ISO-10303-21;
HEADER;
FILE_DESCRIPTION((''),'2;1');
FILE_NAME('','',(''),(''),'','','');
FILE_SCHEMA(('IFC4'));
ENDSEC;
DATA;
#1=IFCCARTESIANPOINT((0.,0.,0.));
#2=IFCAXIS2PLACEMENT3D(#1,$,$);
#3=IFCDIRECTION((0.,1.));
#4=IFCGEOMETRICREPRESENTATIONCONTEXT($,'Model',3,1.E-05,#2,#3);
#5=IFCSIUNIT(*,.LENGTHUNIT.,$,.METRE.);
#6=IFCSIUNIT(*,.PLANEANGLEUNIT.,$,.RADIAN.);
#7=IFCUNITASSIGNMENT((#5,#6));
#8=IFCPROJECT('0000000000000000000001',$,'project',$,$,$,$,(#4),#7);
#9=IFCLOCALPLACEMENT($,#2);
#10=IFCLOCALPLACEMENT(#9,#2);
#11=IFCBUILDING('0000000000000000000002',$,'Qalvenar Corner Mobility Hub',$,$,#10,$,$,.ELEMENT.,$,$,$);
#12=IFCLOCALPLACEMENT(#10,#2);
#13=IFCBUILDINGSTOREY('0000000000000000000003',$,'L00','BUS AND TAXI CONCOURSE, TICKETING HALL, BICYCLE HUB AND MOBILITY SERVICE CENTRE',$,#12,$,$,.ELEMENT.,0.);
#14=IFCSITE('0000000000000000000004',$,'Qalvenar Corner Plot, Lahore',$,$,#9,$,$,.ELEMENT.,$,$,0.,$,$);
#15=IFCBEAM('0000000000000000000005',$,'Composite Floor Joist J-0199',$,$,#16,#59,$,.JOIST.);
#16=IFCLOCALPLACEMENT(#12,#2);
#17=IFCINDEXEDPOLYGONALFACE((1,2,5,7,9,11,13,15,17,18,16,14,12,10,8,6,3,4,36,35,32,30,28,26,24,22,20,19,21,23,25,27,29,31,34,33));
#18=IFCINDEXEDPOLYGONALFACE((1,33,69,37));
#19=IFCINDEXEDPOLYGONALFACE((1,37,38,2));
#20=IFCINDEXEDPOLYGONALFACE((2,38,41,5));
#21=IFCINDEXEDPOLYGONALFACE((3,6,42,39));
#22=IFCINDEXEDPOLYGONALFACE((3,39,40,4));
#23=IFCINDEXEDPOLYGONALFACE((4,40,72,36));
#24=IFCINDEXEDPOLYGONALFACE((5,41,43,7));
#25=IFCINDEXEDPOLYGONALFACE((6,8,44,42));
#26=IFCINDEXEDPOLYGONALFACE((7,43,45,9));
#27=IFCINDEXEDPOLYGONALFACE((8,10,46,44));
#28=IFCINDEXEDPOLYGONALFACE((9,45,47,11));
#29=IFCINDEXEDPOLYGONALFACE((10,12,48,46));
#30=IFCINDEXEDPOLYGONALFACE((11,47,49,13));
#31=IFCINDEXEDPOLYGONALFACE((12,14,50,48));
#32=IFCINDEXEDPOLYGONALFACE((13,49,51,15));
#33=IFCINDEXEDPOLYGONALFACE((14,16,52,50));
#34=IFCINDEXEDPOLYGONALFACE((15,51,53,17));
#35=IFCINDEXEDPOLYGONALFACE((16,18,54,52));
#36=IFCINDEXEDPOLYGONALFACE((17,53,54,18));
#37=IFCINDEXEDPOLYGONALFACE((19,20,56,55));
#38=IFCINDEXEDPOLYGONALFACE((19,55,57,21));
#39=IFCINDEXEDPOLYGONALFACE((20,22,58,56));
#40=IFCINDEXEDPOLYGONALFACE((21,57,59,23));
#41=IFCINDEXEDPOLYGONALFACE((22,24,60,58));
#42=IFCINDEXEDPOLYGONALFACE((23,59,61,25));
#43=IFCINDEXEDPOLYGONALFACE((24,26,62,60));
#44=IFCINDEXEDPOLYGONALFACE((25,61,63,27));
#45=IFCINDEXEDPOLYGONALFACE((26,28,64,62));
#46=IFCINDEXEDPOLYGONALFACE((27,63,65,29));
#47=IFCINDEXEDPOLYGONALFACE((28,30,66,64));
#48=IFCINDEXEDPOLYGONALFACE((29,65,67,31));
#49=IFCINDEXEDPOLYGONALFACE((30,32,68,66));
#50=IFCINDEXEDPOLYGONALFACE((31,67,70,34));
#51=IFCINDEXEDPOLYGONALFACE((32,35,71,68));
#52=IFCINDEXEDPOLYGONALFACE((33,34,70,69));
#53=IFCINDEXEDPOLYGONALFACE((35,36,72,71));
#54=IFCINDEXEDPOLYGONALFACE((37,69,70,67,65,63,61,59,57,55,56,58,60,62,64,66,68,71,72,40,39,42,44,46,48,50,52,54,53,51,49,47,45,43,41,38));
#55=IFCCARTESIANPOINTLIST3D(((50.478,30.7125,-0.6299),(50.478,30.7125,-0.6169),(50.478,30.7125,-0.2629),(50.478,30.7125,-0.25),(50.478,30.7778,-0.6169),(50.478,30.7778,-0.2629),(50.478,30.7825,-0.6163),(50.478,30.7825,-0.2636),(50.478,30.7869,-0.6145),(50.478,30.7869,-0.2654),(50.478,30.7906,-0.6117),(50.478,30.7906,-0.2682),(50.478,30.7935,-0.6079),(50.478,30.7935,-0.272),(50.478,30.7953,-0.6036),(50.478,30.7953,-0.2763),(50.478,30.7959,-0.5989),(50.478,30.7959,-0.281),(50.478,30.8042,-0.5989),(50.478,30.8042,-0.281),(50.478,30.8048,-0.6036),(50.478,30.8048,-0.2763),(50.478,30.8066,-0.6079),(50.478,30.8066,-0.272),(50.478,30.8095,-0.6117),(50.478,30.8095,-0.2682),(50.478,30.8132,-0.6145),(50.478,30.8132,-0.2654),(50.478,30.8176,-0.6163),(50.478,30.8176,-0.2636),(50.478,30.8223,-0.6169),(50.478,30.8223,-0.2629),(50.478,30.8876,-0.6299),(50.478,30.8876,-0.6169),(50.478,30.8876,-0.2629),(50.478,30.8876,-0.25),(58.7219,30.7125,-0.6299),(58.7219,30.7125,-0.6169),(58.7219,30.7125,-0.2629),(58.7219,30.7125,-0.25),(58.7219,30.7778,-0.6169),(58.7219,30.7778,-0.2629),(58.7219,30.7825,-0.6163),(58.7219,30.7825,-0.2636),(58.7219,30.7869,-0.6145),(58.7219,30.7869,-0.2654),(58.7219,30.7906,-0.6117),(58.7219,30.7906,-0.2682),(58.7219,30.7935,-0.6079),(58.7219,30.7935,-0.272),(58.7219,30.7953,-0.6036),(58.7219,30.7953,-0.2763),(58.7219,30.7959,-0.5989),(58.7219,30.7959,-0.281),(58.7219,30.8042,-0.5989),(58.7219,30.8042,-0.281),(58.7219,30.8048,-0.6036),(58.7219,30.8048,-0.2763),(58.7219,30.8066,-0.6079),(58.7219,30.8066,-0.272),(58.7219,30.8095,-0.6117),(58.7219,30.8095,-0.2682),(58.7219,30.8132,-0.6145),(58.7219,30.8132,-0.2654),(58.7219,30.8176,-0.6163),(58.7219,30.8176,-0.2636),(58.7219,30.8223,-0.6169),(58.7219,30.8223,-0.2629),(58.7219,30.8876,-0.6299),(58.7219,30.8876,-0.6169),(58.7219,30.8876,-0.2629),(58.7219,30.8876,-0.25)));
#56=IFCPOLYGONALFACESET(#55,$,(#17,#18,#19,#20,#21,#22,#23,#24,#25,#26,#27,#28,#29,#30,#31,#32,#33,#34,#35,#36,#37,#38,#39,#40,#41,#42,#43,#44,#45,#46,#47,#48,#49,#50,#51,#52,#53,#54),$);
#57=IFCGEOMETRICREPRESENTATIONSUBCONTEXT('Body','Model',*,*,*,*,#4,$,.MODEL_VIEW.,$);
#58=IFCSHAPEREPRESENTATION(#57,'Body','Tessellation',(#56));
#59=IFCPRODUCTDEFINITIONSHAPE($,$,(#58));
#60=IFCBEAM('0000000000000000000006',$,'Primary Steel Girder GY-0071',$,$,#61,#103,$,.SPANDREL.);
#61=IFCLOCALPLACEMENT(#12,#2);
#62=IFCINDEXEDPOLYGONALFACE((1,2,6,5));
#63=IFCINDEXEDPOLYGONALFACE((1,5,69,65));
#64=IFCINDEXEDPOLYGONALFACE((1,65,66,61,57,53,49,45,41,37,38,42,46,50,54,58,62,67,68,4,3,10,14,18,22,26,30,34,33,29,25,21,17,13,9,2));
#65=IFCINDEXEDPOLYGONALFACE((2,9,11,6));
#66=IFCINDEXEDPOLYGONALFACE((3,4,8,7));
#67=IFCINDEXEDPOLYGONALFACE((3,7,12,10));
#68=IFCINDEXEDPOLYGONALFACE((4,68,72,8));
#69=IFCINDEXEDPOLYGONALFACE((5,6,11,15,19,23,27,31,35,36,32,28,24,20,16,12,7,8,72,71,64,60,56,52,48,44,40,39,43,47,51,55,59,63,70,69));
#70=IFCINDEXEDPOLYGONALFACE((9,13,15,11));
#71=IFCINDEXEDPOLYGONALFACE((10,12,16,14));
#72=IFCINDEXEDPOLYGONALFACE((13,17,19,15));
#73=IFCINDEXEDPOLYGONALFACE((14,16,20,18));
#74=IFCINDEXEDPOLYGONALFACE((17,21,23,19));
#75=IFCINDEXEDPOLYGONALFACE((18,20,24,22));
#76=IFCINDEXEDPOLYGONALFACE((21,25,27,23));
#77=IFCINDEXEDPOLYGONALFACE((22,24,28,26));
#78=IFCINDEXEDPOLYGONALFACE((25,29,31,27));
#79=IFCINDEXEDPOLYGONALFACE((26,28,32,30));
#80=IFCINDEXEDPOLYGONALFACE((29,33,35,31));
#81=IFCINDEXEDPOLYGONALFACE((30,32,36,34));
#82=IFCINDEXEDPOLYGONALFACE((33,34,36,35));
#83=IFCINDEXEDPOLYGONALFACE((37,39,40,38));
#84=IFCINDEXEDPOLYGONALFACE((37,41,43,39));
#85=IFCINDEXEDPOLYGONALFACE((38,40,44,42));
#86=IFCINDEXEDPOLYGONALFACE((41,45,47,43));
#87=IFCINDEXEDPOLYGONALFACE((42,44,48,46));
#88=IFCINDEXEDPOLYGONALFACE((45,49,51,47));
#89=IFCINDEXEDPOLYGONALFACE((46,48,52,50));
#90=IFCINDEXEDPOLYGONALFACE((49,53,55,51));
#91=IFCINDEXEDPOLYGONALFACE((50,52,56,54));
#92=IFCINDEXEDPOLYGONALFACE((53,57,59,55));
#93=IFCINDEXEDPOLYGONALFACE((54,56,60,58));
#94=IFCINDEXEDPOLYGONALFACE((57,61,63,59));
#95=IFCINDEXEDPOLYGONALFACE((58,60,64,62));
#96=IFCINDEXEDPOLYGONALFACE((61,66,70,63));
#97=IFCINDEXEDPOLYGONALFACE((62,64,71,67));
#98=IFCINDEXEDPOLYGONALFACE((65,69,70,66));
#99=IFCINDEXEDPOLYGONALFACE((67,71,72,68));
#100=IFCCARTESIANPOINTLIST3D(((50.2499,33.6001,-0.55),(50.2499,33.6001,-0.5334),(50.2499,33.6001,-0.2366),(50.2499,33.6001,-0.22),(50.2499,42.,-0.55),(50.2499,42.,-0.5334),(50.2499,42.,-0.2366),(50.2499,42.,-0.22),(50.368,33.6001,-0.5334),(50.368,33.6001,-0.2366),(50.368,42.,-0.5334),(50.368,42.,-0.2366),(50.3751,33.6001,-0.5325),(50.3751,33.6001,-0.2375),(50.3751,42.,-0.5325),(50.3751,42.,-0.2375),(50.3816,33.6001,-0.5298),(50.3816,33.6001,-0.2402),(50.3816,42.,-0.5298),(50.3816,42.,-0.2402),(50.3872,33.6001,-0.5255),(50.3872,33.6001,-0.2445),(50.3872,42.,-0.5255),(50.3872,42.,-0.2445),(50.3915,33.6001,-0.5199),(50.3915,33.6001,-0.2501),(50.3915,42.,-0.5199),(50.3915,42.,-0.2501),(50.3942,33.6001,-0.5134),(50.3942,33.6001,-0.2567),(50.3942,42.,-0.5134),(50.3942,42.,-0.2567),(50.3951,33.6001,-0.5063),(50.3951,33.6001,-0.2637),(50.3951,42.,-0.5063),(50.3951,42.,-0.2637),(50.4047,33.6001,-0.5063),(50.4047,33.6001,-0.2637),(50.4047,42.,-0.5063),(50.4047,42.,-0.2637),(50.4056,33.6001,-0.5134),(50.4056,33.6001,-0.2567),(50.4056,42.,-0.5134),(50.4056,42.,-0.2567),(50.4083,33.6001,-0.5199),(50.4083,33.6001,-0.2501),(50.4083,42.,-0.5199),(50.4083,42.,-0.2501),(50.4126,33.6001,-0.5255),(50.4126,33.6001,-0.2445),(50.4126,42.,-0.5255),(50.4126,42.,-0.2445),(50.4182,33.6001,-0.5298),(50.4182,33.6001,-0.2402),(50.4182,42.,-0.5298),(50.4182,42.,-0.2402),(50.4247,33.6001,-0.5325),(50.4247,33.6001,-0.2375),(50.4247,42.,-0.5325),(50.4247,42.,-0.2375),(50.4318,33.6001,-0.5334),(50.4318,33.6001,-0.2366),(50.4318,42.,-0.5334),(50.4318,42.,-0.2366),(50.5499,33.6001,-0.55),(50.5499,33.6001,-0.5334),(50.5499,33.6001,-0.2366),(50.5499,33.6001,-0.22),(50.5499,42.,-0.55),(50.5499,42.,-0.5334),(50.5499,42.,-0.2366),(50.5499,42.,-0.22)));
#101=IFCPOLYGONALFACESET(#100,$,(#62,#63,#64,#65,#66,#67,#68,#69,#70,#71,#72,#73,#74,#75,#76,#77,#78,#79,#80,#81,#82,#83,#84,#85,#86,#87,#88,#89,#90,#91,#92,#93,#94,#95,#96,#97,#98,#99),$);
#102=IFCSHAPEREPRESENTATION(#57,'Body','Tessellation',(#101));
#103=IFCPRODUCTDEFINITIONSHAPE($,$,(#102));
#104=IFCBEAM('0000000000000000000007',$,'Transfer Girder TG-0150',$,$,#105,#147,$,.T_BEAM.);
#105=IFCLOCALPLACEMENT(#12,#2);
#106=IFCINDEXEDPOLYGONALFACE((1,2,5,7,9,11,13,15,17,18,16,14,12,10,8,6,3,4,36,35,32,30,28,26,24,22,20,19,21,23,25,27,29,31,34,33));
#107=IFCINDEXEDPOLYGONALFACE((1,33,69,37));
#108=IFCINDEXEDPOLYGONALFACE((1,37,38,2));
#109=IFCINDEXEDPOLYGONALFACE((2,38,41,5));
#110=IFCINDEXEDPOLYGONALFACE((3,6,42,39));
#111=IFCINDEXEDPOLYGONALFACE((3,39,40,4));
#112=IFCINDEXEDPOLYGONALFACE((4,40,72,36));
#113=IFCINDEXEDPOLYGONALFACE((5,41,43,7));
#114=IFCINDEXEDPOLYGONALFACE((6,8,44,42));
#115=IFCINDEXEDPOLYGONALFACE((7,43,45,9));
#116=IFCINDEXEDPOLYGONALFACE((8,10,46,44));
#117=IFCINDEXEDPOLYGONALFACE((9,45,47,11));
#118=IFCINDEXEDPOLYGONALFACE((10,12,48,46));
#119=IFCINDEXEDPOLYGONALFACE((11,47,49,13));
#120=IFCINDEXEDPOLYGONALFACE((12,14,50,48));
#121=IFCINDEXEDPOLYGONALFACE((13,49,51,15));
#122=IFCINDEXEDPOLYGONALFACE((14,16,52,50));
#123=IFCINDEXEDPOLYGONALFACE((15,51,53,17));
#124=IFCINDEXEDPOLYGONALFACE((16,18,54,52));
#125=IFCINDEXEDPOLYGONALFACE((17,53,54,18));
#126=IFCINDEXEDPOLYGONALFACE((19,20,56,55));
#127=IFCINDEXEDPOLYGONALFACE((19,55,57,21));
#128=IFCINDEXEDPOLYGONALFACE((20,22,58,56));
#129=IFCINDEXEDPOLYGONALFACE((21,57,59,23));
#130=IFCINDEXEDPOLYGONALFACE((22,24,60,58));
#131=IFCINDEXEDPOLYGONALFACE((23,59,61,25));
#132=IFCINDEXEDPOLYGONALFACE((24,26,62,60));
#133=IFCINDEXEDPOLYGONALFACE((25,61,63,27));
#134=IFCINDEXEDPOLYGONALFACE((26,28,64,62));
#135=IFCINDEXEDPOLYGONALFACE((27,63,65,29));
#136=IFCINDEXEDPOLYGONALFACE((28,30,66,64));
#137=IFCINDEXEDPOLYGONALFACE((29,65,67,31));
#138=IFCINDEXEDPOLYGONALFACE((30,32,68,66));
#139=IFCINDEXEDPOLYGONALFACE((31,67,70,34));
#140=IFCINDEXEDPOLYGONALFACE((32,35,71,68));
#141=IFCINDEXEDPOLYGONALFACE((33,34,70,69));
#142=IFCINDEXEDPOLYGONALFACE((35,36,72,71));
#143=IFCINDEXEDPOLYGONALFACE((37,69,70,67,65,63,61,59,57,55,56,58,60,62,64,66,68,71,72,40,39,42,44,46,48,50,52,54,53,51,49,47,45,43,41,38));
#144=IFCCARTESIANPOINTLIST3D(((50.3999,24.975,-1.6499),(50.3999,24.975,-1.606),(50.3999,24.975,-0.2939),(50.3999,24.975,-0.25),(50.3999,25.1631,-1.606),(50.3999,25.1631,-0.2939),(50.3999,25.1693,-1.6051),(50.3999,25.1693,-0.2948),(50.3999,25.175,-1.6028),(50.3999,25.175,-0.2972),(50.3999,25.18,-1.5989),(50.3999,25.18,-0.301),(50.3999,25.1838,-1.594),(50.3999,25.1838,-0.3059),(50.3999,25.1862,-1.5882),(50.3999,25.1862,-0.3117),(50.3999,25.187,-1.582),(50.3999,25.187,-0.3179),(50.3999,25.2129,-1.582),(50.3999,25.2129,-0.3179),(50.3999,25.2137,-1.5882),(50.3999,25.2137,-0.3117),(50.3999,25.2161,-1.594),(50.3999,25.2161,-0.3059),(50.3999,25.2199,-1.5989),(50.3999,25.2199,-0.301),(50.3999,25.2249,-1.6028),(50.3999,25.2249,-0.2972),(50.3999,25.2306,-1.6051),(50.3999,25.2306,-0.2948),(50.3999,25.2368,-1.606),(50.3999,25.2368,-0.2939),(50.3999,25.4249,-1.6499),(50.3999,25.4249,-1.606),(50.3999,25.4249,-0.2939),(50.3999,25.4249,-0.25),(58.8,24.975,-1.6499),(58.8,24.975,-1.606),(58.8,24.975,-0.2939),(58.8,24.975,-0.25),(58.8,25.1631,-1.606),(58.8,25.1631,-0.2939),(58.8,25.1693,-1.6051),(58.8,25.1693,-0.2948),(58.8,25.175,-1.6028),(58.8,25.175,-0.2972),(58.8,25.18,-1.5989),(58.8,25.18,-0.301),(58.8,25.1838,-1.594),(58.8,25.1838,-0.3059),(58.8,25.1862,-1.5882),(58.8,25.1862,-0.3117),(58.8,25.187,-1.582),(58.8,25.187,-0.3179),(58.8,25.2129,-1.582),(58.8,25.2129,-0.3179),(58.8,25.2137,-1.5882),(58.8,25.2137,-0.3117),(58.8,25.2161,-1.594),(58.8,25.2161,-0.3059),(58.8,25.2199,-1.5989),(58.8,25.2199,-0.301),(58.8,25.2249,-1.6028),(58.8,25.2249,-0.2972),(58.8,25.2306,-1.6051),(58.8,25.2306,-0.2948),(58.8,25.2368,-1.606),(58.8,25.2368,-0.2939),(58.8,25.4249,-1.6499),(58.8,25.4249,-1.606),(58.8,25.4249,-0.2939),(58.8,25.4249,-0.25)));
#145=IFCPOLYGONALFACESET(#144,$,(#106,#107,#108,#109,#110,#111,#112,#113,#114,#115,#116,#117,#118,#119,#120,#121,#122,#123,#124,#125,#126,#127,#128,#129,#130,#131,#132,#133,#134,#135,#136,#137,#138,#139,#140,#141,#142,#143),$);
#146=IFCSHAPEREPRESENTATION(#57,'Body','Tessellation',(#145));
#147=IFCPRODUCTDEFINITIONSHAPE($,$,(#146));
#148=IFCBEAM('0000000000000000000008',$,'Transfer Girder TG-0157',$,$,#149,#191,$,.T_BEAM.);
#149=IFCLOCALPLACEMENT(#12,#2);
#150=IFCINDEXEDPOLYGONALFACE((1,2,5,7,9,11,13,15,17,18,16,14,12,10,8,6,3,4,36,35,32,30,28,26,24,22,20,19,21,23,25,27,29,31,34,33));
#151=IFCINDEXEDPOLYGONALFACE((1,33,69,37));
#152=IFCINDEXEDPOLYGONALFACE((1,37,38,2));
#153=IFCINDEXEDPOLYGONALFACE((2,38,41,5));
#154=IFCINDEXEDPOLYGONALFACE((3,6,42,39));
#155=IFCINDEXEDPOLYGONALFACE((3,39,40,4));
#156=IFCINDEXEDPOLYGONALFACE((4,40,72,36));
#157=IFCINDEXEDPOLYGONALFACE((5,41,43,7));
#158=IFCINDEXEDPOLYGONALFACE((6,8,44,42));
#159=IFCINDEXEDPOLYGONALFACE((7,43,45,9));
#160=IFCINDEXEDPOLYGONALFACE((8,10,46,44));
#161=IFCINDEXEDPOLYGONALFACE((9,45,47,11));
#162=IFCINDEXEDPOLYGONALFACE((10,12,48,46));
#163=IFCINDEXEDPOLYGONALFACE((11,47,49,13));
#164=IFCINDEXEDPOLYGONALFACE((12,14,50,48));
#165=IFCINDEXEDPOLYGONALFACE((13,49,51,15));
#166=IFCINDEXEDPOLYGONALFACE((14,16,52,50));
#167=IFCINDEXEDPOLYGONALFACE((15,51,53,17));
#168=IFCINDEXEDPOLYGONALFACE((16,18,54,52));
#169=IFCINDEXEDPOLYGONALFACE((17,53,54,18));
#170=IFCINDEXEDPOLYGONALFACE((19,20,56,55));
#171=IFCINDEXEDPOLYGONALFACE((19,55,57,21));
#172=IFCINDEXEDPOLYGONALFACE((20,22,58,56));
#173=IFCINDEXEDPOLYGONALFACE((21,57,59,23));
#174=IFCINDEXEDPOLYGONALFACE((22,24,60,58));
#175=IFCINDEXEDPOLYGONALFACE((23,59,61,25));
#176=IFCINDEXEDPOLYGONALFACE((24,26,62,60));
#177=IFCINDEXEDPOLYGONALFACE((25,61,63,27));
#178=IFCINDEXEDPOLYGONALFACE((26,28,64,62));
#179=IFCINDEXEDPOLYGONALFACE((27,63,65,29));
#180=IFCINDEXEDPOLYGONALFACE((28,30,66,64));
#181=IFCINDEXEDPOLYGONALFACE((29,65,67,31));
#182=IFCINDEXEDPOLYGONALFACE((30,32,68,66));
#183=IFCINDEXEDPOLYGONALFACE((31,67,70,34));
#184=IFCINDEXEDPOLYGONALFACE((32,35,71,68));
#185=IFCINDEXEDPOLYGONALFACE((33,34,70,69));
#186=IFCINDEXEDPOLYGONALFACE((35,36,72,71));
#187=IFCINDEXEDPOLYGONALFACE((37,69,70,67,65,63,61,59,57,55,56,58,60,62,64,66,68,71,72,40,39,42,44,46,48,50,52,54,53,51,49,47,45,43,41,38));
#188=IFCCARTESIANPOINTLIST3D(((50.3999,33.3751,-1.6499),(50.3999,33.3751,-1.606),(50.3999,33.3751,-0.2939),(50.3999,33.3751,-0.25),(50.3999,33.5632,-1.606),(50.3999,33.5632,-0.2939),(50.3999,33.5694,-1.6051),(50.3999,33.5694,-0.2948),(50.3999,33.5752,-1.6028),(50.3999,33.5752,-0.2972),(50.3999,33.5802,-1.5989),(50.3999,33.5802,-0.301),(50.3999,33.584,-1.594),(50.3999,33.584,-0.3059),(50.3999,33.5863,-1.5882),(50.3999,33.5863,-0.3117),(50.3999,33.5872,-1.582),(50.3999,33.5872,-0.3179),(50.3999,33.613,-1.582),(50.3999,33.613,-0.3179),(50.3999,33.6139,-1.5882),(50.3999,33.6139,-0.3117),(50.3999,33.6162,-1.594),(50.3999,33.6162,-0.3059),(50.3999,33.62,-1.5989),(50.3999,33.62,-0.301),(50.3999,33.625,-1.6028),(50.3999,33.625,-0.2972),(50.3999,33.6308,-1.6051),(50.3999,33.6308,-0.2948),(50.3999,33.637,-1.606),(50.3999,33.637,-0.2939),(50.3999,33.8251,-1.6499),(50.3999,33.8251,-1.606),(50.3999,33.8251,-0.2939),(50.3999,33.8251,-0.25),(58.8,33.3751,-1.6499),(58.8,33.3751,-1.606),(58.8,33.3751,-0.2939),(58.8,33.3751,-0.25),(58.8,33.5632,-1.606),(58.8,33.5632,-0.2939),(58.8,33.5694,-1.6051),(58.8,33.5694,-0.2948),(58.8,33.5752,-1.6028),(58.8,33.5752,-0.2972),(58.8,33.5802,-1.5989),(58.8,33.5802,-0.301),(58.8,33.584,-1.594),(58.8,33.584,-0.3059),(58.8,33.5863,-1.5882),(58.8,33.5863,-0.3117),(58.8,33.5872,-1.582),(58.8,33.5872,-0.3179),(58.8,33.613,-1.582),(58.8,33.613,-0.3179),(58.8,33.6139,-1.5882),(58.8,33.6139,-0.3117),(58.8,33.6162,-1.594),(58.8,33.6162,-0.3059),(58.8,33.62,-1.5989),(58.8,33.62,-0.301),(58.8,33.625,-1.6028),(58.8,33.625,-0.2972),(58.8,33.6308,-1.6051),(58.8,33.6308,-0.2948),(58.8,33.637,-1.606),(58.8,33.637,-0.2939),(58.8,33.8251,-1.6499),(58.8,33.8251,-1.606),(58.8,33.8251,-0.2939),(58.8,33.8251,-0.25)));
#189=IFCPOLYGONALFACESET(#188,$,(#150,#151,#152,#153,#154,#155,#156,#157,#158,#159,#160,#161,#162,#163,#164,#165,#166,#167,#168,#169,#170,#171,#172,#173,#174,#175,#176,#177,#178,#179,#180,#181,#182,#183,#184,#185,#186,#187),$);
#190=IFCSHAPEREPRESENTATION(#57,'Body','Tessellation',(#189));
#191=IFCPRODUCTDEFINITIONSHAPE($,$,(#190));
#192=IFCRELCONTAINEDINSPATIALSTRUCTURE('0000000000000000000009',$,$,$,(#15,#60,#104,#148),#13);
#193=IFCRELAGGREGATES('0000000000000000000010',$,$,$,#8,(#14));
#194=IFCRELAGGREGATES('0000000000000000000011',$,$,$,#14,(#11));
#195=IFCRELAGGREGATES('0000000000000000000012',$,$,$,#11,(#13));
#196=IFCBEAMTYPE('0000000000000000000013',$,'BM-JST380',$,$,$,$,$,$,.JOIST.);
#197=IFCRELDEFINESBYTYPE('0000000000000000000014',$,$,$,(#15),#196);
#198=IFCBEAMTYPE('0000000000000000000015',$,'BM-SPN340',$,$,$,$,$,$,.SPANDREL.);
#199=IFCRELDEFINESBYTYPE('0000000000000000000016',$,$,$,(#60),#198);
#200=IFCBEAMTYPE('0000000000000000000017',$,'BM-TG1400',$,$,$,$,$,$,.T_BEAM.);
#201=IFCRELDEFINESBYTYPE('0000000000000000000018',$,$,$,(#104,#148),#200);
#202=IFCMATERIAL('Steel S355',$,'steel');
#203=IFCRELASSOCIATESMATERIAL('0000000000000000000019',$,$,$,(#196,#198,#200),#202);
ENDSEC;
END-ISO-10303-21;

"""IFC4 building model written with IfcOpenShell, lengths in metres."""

from ifc_helpers import new_model, si_unit, direction, frame, origin, origin_2d, place, context, subcontext, project, spatial, i_section, extrude, material, material_profile, profile_set, type_object, element, save


model = new_model("IFC4")

# Units and contexts
model_context = context("Model", 3, precision=1e-05, world=origin(), true_north=direction((0.0, 1.0)))
body_context = subcontext(model_context, "Body", "Model", "MODEL_VIEW")
ifc_project = project(units=[si_unit("LENGTHUNIT", "METRE"), si_unit("PLANEANGLEUNIT", "RADIAN")], contexts=[model_context])

# Site, building, storey
site_placement = place(None, origin())
site = spatial("IfcSite", under=ifc_project, at=site_placement, Name="Qalvenar Corner Plot, Lahore", CompositionType="ELEMENT", RefElevation=0.0)
building_placement = place(site_placement, origin())
building = spatial("IfcBuilding", under=site, at=building_placement, Name="Qalvenar Corner Mobility Hub", CompositionType="ELEMENT")
storey_placement = place(building_placement, origin())
storey = spatial("IfcBuildingStorey", under=building, at=storey_placement, Name="L00", Description="BUS AND TAXI CONCOURSE, TICKETING HALL, BICYCLE HUB AND MOBILITY SERVICE CENTRE", CompositionType="ELEMENT", Elevation=0.0)

# Shared definitions
ifc_material_1 = material(Name="Steel S355", Category="steel")

# Beams
ifc_material_profile_1 = material_profile(ifc_material_1, i_section(OverallWidth=0.175, OverallDepth=0.3799, WebThickness=0.0083, FlangeThickness=0.0129, FilletRadius=0.0181, at=origin_2d()), Name="IPE380-EQ")
ifc_profile_set_1 = profile_set([ifc_material_profile_1], Name="Steel S355")
beam_type_1 = type_object("IfcBeamType", Name="BM-JST380", PredefinedType="JOIST", material=ifc_profile_set_1)
for number, where, z_axis, x_axis, name in (
    (1, (50.478, 30.8, -0.4399), (1.0, 0.0, 0.0), (0.0, 1.0, 0.0), "Composite Floor Joist J-0199"),
):
    element("IfcBeam", number, at=place(storey_placement, frame(where, z_axis=z_axis, x_axis=x_axis)), inside=storey, type_object=beam_type_1, Name=name, PredefinedType="JOIST", context=body_context, shape_type="SweptSolid", body=[
        extrude(i_section(OverallWidth=0.175, OverallDepth=0.3799, WebThickness=0.0083, FlangeThickness=0.0129, FilletRadius=0.0181, at=origin_2d()), origin(), (0.0, 0.0, 1.0), 8.2439),
    ])
ifc_material_profile_2 = material_profile(ifc_material_1, i_section(OverallWidth=0.3, OverallDepth=0.3301, WebThickness=0.0095, FlangeThickness=0.0166, FilletRadius=0.0271, at=origin_2d()), Name="HEA340")
ifc_profile_set_2 = profile_set([ifc_material_profile_2], Name="Steel S355")
beam_type_2 = type_object("IfcBeamType", Name="BM-SPN340", PredefinedType="SPANDREL", material=ifc_profile_set_2)
beam_1_placement = place(storey_placement, frame((50.3999, 33.6001, -0.385), z_axis=(0.0, 1.0, 0.0), x_axis=(-1.0, 0.0, 0.0)))
element("IfcBeam", 2, at=beam_1_placement, inside=storey, type_object=beam_type_2, Name="Primary Steel Girder GY-0071", PredefinedType="SPANDREL", context=body_context, shape_type="SweptSolid", body=[
    extrude(i_section(OverallWidth=0.3, OverallDepth=0.3301, WebThickness=0.0095, FlangeThickness=0.0166, FilletRadius=0.0271, at=origin_2d()), origin(), (0.0, 0.0, 1.0), 8.3999),
])
ifc_material_profile_3 = material_profile(ifc_material_1, i_section(OverallWidth=0.45, OverallDepth=1.3999, WebThickness=0.0259, FlangeThickness=0.0439, FilletRadius=0.0239, at=origin_2d()), Name="W1100x499-TG1400")
ifc_profile_set_3 = profile_set([ifc_material_profile_3], Name="Steel S355")
beam_type_3 = type_object("IfcBeamType", Name="BM-TG1400", PredefinedType="T_BEAM", material=ifc_profile_set_3)
for number, where, z_axis, x_axis, name in (
    (3, (50.3999, 25.2, -0.95), (1.0, 0.0, 0.0), (0.0, 1.0, 0.0), "Transfer Girder TG-0150"),
    (4, (50.3999, 33.6001, -0.95), (1.0, 0.0, 0.0), (0.0, 1.0, 0.0), "Transfer Girder TG-0157"),
):
    element("IfcBeam", number, at=place(storey_placement, frame(where, z_axis=z_axis, x_axis=x_axis)), inside=storey, type_object=beam_type_3, Name=name, PredefinedType="T_BEAM", context=body_context, shape_type="SweptSolid", body=[
        extrude(i_section(OverallWidth=0.45, OverallDepth=1.3999, WebThickness=0.0259, FlangeThickness=0.0439, FilletRadius=0.0239, at=origin_2d()), origin(), (0.0, 0.0, 1.0), 8.4001),
    ])

save(model, "model.ifc")
